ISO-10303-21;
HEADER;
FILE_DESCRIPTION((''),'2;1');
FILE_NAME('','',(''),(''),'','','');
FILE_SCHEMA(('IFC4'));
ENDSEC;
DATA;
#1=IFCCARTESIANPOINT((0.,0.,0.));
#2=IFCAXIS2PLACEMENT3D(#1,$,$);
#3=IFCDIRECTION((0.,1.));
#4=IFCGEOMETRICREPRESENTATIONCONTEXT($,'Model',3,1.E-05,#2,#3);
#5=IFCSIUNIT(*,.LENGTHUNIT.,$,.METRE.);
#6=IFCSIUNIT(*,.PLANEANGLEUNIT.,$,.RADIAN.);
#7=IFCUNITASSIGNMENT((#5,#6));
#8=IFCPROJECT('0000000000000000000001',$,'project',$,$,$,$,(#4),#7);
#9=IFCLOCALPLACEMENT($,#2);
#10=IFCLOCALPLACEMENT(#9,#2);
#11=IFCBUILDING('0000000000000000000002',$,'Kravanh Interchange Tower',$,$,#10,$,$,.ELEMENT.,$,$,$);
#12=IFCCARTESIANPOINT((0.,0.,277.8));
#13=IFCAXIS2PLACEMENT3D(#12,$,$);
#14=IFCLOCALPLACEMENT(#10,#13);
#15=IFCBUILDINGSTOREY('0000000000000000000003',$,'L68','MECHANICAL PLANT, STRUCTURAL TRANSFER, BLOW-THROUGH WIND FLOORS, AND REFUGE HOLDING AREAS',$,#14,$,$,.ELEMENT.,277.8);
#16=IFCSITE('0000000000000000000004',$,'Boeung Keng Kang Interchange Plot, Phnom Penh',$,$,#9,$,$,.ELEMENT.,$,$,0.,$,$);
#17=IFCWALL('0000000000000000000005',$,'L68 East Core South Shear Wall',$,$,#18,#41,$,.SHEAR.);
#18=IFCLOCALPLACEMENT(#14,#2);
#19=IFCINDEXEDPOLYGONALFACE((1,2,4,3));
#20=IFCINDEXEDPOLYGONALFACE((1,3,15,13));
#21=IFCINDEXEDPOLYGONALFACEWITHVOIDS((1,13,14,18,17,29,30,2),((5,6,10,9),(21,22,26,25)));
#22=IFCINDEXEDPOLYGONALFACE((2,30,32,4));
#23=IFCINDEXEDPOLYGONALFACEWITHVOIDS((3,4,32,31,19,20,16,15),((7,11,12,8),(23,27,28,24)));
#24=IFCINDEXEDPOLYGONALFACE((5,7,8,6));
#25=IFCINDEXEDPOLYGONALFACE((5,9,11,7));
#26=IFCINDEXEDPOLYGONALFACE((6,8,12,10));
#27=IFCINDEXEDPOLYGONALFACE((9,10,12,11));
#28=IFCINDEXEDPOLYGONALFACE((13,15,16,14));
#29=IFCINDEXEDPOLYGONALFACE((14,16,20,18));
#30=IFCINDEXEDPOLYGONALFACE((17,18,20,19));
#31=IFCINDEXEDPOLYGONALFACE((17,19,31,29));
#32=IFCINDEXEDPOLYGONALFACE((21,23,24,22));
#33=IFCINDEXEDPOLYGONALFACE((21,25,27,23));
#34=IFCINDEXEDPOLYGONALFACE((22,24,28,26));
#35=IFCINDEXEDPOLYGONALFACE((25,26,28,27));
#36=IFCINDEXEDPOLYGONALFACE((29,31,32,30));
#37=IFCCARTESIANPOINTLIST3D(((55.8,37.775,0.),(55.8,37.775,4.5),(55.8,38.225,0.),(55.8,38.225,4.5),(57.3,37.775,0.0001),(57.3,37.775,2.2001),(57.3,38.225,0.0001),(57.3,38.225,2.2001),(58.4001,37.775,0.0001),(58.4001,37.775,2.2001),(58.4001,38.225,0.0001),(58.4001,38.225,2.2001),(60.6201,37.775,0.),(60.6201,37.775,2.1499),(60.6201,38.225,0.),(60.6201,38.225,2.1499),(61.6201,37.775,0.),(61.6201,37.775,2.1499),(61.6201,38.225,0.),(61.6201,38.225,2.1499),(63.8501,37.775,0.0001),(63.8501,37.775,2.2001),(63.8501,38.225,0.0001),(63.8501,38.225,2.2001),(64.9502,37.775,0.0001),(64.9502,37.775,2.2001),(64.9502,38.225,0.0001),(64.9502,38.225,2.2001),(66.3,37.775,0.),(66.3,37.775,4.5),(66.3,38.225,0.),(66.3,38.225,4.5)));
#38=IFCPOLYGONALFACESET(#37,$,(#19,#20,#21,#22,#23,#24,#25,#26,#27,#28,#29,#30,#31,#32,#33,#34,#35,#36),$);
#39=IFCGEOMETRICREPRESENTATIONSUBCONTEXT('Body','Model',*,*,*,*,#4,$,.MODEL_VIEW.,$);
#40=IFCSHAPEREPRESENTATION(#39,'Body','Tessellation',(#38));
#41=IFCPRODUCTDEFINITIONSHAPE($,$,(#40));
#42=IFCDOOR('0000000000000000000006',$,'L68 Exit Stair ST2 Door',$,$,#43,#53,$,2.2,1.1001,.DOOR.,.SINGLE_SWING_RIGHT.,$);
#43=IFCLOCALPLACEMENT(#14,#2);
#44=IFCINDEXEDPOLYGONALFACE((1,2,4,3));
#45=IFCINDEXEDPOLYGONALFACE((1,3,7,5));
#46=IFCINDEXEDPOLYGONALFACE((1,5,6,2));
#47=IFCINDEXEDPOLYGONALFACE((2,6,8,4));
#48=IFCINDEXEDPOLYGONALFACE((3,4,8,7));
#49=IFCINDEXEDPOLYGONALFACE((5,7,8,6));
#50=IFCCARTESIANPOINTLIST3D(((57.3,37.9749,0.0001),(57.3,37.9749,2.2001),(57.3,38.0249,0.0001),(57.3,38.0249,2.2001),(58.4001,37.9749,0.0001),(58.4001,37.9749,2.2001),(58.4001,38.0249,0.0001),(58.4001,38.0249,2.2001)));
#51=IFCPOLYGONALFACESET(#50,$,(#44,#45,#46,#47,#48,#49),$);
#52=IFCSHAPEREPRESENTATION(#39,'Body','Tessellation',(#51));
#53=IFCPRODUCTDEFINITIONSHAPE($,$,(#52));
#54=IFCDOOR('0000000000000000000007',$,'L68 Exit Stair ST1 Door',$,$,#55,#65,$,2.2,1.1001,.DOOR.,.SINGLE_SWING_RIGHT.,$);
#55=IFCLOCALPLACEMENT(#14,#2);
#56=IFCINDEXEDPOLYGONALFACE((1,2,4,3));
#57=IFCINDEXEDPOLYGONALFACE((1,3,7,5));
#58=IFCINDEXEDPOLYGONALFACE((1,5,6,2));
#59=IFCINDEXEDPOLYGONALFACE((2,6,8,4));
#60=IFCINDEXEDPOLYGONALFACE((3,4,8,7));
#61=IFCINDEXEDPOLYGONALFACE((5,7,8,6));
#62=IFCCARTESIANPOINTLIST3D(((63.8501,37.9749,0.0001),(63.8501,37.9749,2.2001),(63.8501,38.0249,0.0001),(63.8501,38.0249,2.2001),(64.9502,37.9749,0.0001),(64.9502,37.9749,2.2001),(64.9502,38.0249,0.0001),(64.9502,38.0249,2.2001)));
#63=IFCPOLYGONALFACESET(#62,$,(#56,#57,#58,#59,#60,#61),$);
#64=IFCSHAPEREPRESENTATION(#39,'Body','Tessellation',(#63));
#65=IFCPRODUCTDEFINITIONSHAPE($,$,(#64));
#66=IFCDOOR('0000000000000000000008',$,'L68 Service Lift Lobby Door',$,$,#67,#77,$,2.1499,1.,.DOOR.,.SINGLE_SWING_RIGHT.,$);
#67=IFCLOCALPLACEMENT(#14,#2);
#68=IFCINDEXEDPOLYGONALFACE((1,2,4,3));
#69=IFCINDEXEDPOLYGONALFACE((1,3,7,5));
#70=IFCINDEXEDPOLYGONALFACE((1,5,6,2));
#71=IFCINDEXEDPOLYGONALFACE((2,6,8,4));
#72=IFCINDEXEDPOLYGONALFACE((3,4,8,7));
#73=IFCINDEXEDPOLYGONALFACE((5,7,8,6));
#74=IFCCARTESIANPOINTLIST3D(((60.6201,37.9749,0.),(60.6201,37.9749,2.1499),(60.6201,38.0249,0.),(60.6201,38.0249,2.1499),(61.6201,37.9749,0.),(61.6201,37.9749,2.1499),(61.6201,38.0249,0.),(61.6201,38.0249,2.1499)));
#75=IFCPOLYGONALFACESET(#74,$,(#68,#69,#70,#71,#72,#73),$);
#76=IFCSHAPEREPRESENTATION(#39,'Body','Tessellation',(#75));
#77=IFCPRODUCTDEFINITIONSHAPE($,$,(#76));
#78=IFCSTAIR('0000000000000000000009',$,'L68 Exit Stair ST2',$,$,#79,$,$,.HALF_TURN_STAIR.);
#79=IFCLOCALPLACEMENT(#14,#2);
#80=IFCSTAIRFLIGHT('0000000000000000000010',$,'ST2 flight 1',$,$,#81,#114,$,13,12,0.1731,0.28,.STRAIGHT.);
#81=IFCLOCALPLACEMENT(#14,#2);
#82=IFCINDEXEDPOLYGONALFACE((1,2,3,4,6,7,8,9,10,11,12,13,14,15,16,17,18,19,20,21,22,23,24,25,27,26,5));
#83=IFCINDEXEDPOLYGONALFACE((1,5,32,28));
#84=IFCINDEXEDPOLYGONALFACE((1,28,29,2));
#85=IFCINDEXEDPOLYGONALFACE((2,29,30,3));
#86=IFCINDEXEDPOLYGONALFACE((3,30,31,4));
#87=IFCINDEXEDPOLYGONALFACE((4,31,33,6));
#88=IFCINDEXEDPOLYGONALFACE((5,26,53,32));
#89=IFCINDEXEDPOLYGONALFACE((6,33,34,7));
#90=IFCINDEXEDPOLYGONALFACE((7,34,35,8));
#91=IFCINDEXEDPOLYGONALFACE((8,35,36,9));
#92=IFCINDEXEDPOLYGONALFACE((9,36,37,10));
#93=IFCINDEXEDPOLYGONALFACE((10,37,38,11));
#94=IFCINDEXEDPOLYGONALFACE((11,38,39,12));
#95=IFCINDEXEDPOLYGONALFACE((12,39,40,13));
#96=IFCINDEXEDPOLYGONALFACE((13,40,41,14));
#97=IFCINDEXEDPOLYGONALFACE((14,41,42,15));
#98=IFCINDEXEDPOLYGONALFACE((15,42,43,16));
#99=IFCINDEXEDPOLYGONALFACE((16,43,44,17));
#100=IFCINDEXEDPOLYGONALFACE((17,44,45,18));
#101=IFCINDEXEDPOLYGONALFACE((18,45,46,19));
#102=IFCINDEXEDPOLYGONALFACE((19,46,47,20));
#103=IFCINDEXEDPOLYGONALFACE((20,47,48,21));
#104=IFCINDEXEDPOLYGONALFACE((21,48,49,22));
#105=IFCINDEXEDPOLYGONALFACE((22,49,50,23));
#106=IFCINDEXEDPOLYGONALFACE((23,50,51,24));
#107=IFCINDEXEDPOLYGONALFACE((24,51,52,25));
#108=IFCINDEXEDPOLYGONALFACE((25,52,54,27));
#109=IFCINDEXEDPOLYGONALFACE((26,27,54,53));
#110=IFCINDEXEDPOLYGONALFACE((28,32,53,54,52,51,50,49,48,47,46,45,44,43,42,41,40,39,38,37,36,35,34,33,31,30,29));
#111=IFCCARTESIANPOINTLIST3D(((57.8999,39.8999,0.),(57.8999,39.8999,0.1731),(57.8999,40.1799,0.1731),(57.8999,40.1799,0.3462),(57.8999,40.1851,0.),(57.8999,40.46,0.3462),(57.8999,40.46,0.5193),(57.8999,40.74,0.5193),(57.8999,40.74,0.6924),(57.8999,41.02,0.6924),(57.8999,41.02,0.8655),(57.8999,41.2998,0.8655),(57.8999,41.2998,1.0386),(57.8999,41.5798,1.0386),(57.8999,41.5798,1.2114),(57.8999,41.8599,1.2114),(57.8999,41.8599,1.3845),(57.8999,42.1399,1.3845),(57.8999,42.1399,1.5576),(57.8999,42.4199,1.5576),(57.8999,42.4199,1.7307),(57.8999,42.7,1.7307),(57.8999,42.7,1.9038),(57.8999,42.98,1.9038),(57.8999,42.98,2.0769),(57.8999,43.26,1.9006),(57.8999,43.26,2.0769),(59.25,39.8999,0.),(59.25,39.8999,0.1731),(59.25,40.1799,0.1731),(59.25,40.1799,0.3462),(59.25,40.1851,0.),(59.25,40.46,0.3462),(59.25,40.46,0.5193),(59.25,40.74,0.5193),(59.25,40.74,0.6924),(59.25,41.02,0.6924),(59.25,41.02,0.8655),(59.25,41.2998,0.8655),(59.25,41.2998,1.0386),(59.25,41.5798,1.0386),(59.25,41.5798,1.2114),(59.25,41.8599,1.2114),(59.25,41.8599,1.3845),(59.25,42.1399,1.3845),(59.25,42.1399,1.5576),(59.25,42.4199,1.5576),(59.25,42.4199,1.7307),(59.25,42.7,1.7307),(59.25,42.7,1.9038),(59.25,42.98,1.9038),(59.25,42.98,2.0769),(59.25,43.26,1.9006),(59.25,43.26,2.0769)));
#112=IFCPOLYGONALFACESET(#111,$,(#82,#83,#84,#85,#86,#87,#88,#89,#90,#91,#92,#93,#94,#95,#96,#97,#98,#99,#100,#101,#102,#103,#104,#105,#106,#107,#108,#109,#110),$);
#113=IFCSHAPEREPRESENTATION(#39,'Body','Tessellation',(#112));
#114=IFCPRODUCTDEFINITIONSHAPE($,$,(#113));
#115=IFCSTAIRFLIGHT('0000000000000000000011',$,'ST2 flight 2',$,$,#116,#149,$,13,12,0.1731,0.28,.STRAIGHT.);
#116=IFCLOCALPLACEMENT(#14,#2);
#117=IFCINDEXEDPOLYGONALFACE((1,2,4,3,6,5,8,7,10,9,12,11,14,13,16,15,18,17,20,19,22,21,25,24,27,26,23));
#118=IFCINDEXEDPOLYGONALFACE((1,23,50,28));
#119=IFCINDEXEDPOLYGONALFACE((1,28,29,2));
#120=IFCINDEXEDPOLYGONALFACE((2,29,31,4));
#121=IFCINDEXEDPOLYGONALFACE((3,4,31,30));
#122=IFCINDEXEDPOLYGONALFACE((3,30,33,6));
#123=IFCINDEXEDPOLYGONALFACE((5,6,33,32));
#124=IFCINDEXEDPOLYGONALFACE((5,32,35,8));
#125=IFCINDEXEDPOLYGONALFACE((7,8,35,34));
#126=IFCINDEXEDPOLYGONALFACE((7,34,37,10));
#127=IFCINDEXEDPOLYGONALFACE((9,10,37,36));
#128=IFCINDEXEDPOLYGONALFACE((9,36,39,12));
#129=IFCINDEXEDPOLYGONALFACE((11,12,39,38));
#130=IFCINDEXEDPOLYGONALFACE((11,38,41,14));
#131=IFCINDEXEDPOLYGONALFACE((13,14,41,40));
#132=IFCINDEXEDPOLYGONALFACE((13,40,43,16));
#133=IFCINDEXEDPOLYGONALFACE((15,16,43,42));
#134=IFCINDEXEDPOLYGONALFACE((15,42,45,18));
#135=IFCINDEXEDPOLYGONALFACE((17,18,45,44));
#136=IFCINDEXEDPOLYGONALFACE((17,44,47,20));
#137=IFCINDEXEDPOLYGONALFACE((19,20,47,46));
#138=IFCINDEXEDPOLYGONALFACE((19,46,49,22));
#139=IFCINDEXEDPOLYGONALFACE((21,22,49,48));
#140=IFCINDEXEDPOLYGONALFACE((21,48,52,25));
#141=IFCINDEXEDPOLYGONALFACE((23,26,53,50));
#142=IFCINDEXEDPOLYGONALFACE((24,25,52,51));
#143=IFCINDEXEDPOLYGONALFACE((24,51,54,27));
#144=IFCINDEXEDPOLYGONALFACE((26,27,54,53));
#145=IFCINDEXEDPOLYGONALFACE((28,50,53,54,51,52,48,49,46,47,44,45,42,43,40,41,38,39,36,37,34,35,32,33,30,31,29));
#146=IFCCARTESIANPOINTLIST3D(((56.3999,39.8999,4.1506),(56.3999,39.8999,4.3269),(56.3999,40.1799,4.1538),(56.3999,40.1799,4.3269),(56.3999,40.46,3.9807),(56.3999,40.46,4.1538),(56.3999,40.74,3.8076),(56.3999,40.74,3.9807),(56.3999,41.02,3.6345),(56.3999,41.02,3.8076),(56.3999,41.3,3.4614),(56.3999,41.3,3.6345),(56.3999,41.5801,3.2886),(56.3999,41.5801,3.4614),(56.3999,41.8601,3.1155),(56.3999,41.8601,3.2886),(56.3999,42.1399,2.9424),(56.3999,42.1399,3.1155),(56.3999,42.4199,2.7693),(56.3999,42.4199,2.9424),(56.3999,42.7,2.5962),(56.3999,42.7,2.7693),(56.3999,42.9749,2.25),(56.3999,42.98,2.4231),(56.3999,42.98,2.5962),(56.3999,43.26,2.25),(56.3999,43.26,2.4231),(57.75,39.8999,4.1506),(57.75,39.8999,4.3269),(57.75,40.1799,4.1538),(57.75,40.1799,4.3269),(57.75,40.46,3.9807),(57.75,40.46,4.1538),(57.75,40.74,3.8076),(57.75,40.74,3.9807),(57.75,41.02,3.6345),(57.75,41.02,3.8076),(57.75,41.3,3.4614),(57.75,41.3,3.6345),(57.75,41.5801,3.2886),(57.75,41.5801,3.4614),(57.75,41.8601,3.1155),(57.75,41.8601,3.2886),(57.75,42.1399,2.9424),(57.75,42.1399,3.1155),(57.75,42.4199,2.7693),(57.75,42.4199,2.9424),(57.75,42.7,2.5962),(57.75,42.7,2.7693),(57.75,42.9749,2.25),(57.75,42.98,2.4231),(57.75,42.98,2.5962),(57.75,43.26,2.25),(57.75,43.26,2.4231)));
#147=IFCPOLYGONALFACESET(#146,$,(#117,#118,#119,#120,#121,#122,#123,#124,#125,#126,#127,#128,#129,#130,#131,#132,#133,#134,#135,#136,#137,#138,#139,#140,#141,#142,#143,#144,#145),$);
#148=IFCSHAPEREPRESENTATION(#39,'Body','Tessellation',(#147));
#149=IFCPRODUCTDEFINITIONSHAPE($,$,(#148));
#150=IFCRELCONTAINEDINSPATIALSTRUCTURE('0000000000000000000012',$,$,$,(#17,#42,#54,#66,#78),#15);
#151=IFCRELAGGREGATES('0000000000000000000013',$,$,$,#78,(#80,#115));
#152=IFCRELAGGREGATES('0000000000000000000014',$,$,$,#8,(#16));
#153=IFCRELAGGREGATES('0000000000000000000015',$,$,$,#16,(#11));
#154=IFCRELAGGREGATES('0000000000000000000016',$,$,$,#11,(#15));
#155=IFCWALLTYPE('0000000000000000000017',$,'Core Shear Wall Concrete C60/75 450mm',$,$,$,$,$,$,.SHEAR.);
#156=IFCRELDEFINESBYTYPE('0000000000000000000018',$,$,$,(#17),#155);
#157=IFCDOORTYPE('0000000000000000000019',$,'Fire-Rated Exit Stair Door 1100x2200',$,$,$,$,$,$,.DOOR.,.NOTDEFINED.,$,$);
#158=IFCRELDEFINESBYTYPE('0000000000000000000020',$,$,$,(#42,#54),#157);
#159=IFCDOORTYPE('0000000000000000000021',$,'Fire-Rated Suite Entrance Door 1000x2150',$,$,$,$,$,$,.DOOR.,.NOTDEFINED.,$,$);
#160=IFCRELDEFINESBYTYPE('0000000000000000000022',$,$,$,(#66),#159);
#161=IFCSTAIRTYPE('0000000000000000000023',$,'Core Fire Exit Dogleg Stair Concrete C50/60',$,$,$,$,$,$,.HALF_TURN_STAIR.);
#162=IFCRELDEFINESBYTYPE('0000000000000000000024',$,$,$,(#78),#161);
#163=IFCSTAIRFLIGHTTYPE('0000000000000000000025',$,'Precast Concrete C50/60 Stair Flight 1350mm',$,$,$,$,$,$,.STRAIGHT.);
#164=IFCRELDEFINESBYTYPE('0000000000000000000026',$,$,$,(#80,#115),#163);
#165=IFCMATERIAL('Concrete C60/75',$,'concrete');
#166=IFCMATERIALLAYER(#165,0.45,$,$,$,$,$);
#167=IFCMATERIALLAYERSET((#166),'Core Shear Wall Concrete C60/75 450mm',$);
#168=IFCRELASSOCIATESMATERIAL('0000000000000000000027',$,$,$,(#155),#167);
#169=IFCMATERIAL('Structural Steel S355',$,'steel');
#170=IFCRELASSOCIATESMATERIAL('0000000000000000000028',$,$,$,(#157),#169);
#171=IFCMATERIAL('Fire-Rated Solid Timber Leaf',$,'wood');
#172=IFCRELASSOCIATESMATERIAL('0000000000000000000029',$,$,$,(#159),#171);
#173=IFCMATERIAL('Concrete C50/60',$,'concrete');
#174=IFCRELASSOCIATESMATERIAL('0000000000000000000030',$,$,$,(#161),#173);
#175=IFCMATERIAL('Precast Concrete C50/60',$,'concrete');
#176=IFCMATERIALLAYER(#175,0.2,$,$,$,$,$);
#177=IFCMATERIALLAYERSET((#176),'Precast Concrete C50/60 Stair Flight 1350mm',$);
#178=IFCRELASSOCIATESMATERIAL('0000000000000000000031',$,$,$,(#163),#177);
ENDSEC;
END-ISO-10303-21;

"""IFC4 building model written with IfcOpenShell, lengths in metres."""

from ifc_helpers import new_model, si_unit, direction, frame, frame_2d, origin, place, context, subcontext, project, spatial, polyline, rectangle, outline, extrude, material, layer, layer_set, type_object, element, fill, aggregate, save


model = new_model("IFC4")

# Units and contexts
model_context = context("Model", 3, precision=1e-05, world=origin(), true_north=direction((0.0, 1.0)))
body_context = subcontext(model_context, "Body", "Model", "MODEL_VIEW")
ifc_project = project(units=[si_unit("LENGTHUNIT", "METRE"), si_unit("PLANEANGLEUNIT", "RADIAN")], contexts=[model_context])

# Site, building, storey
site_placement = place(None, origin())
site = spatial("IfcSite", under=ifc_project, at=site_placement, Name="Boeung Keng Kang Interchange Plot, Phnom Penh", CompositionType="ELEMENT", RefElevation=0.0)
building_placement = place(site_placement, origin())
building = spatial("IfcBuilding", under=site, at=building_placement, Name="Kravanh Interchange Tower", CompositionType="ELEMENT")
storey_placement = place(building_placement, frame((0.0, 0.0, 277.8)))
storey = spatial("IfcBuildingStorey", under=building, at=storey_placement, Name="L68", Description="MECHANICAL PLANT, STRUCTURAL TRANSFER, BLOW-THROUGH WIND FLOORS, AND REFUGE HOLDING AREAS", CompositionType="ELEMENT", Elevation=277.8)

# Wall, openings, doors
ifc_material_1 = material(Name="Concrete C60/75", Category="concrete")
ifc_layer_1 = layer(ifc_material_1, 0.45)
ifc_layer_set_1 = layer_set([ifc_layer_1], Name="Core Shear Wall Concrete C60/75 450mm")
wall_type_1 = type_object("IfcWallType", Name="Core Shear Wall Concrete C60/75 450mm", PredefinedType="SHEAR", material=ifc_layer_set_1)
wall_1_placement = place(storey_placement, frame((55.8, 38.0, 0.0), z_axis=(0.0, 0.0, 1.0), x_axis=(1.0, 0.0, 0.0)))
wall_1 = element("IfcWall", 1, at=wall_1_placement, inside=storey, type_object=wall_type_1, Name="L68 East Core South Shear Wall", PredefinedType="SHEAR", context=body_context, shape_type="SweptSolid", body=[
    extrude(rectangle(XDim=10.5, YDim=0.45, at=frame_2d((5.25, 0.0))), origin(), (0.0, 0.0, 1.0), 4.5),
])
opening_1_placement = place(wall_1_placement, frame((1.5, 0.0, 0.0)))
opening_1 = element("IfcOpeningElement", 2, at=opening_1_placement, cuts=wall_1, PredefinedType="OPENING", context=body_context, shape_type="SweptSolid", body=[
    extrude(rectangle(XDim=1.1001, YDim=2.2, at=frame_2d((0.55, 1.1001))), frame((0.0, 0.2349, 0.0), z_axis=(0.0, -1.0, 0.0), x_axis=(1.0, 0.0, 0.0)), (0.0, 0.0, 1.0), 0.47),
])
opening_2_placement = place(wall_1_placement, frame((4.8201, 0.0, 0.0)))
opening_2 = element("IfcOpeningElement", 3, at=opening_2_placement, cuts=wall_1, PredefinedType="OPENING", context=body_context, shape_type="SweptSolid", body=[
    extrude(rectangle(XDim=1.0, YDim=2.1499, at=frame_2d((0.5, 1.075))), frame((0.0, 0.2349, 0.0), z_axis=(0.0, -1.0, 0.0), x_axis=(1.0, 0.0, 0.0)), (0.0, 0.0, 1.0), 0.47),
])
opening_3_placement = place(wall_1_placement, frame((8.05, 0.0, 0.0)))
opening_3 = element("IfcOpeningElement", 4, at=opening_3_placement, cuts=wall_1, PredefinedType="OPENING", context=body_context, shape_type="SweptSolid", body=[
    extrude(rectangle(XDim=1.1001, YDim=2.2, at=frame_2d((0.55, 1.1001))), frame((0.0, 0.2349, 0.0), z_axis=(0.0, -1.0, 0.0), x_axis=(1.0, 0.0, 0.0)), (0.0, 0.0, 1.0), 0.47),
])
ifc_material_2 = material(Name="Structural Steel S355", Category="steel")
door_type_1 = type_object("IfcDoorType", Name="Fire-Rated Exit Stair Door 1100x2200", OperationType="NOTDEFINED", PredefinedType="DOOR", material=ifc_material_2)
door_1_placement = place(opening_1_placement, origin())
door_1 = element("IfcDoor", 5, at=door_1_placement, inside=storey, type_object=door_type_1, Name="L68 Exit Stair ST2 Door", OperationType="SINGLE_SWING_RIGHT", OverallHeight=2.2, OverallWidth=1.1001, PredefinedType="DOOR", context=body_context, shape_type="SweptSolid", body=[
    extrude(rectangle(XDim=1.1001, YDim=2.2, at=frame_2d((0.55, 1.1001))), frame((0.0, 0.0249, 0.0), z_axis=(0.0, -1.0, 0.0), x_axis=(1.0, 0.0, 0.0)), (0.0, 0.0, 1.0), 0.05),
])
fill(opening_1, door_1)
door_2_placement = place(opening_3_placement, origin())
door_2 = element("IfcDoor", 6, at=door_2_placement, inside=storey, type_object=door_type_1, Name="L68 Exit Stair ST1 Door", OperationType="SINGLE_SWING_RIGHT", OverallHeight=2.2, OverallWidth=1.1001, PredefinedType="DOOR", context=body_context, shape_type="SweptSolid", body=[
    extrude(rectangle(XDim=1.1001, YDim=2.2, at=frame_2d((0.55, 1.1001))), frame((0.0, 0.0249, 0.0), z_axis=(0.0, -1.0, 0.0), x_axis=(1.0, 0.0, 0.0)), (0.0, 0.0, 1.0), 0.05),
])
fill(opening_3, door_2)
ifc_material_3 = material(Name="Fire-Rated Solid Timber Leaf", Category="wood")
door_type_2 = type_object("IfcDoorType", Name="Fire-Rated Suite Entrance Door 1000x2150", OperationType="NOTDEFINED", PredefinedType="DOOR", material=ifc_material_3)
door_3_placement = place(opening_2_placement, origin())
door_3 = element("IfcDoor", 7, at=door_3_placement, inside=storey, type_object=door_type_2, Name="L68 Service Lift Lobby Door", OperationType="SINGLE_SWING_RIGHT", OverallHeight=2.1499, OverallWidth=1.0, PredefinedType="DOOR", context=body_context, shape_type="SweptSolid", body=[
    extrude(rectangle(XDim=1.0, YDim=2.1499, at=frame_2d((0.5, 1.075))), frame((0.0, 0.0249, 0.0), z_axis=(0.0, -1.0, 0.0), x_axis=(1.0, 0.0, 0.0)), (0.0, 0.0, 1.0), 0.05),
])
fill(opening_2, door_3)

# Stair, stair flights
ifc_material_4 = material(Name="Concrete C50/60", Category="concrete")
stair_type = type_object("IfcStairType", Name="Core Fire Exit Dogleg Stair Concrete C50/60", PredefinedType="HALF_TURN_STAIR", material=ifc_material_4)
stair_placement = place(storey_placement, origin())
stair = element("IfcStair", 8, at=stair_placement, inside=storey, type_object=stair_type, Name="L68 Exit Stair ST2", PredefinedType="HALF_TURN_STAIR")
ifc_material_5 = material(Name="Precast Concrete C50/60", Category="concrete")
ifc_layer_2 = layer(ifc_material_5, 0.2)
ifc_layer_set_2 = layer_set([ifc_layer_2], Name="Precast Concrete C50/60 Stair Flight 1350mm")
stair_flight_type = type_object("IfcStairFlightType", Name="Precast Concrete C50/60 Stair Flight 1350mm", PredefinedType="STRAIGHT", material=ifc_layer_set_2)
stair_flight_1_placement = place(storey_placement, frame((58.575, 39.8999, 0.0), z_axis=(0.0, 0.0, 1.0), x_axis=(0.0, 1.0, 0.0)))
stair_flight_1 = element("IfcStairFlight", 9, at=stair_flight_1_placement, type_object=stair_flight_type, Name="ST2 flight 1", NumberOfRisers=13, NumberOfTreads=12, PredefinedType="STRAIGHT", RiserHeight=0.1731, TreadLength=0.28, context=body_context, shape_type="SweptSolid", body=[
    extrude(outline(polyline([(0.0, 0.0), (0.0, 0.1731), (0.28, 0.1731), (0.28, 0.3462), (0.5601, 0.3462), (0.5601, 0.5193), (0.8401, 0.5193), (0.8401, 0.6924), (1.1201, 0.6924), (1.1201, 0.8655), (1.3999, 0.8655), (1.3999, 1.0386), (1.6799, 1.0386), (1.6799, 1.2114), (1.96, 1.2114), (1.96, 1.3845), (2.24, 1.3845), (2.24, 1.5576), (2.52, 1.5576), (2.52, 1.7307), (2.8, 1.7307), (2.8, 1.9038), (3.0801, 1.9038), (3.0801, 2.0769), (3.3601, 2.0769), (3.3601, 2.25), (3.3601, 1.9006), (0.2852, 0.0), (0.0, 0.0)])), frame((0.0, 0.675, 0.0), z_axis=(0.0, -1.0, 0.0), x_axis=(1.0, 0.0, 0.0)), (0.0, 0.0, 1.0), 1.3501),
])
stair_flight_2_placement = place(storey_placement, frame((57.075, 43.26, 2.25), z_axis=(0.0, 0.0, 1.0), x_axis=(0.0, -1.0, 0.0)))
stair_flight_2 = element("IfcStairFlight", 10, at=stair_flight_2_placement, type_object=stair_flight_type, Name="ST2 flight 2", NumberOfRisers=13, NumberOfTreads=12, PredefinedType="STRAIGHT", RiserHeight=0.1731, TreadLength=0.28, context=body_context, shape_type="SweptSolid", body=[
    extrude(outline(polyline([(0.0, 0.0), (0.0, 0.1731), (0.28, 0.1731), (0.28, 0.3462), (0.5601, 0.3462), (0.5601, 0.5193), (0.8401, 0.5193), (0.8401, 0.6924), (1.1201, 0.6924), (1.1201, 0.8655), (1.3999, 0.8655), (1.3999, 1.0386), (1.6799, 1.0386), (1.6799, 1.2114), (1.96, 1.2114), (1.96, 1.3845), (2.24, 1.3845), (2.24, 1.5576), (2.52, 1.5576), (2.52, 1.7307), (2.8, 1.7307), (2.8, 1.9038), (3.0801, 1.9038), (3.0801, 2.0769), (3.3601, 2.0769), (3.3601, 2.25), (3.3601, 1.9006), (0.2852, 0.0), (0.0, 0.0)])), frame((0.0, 0.675, 0.0), z_axis=(0.0, -1.0, 0.0), x_axis=(1.0, 0.0, 0.0)), (0.0, 0.0, 1.0), 1.3501),
])
aggregate(stair, [stair_flight_1, stair_flight_2])

save(model, "model.ifc")
